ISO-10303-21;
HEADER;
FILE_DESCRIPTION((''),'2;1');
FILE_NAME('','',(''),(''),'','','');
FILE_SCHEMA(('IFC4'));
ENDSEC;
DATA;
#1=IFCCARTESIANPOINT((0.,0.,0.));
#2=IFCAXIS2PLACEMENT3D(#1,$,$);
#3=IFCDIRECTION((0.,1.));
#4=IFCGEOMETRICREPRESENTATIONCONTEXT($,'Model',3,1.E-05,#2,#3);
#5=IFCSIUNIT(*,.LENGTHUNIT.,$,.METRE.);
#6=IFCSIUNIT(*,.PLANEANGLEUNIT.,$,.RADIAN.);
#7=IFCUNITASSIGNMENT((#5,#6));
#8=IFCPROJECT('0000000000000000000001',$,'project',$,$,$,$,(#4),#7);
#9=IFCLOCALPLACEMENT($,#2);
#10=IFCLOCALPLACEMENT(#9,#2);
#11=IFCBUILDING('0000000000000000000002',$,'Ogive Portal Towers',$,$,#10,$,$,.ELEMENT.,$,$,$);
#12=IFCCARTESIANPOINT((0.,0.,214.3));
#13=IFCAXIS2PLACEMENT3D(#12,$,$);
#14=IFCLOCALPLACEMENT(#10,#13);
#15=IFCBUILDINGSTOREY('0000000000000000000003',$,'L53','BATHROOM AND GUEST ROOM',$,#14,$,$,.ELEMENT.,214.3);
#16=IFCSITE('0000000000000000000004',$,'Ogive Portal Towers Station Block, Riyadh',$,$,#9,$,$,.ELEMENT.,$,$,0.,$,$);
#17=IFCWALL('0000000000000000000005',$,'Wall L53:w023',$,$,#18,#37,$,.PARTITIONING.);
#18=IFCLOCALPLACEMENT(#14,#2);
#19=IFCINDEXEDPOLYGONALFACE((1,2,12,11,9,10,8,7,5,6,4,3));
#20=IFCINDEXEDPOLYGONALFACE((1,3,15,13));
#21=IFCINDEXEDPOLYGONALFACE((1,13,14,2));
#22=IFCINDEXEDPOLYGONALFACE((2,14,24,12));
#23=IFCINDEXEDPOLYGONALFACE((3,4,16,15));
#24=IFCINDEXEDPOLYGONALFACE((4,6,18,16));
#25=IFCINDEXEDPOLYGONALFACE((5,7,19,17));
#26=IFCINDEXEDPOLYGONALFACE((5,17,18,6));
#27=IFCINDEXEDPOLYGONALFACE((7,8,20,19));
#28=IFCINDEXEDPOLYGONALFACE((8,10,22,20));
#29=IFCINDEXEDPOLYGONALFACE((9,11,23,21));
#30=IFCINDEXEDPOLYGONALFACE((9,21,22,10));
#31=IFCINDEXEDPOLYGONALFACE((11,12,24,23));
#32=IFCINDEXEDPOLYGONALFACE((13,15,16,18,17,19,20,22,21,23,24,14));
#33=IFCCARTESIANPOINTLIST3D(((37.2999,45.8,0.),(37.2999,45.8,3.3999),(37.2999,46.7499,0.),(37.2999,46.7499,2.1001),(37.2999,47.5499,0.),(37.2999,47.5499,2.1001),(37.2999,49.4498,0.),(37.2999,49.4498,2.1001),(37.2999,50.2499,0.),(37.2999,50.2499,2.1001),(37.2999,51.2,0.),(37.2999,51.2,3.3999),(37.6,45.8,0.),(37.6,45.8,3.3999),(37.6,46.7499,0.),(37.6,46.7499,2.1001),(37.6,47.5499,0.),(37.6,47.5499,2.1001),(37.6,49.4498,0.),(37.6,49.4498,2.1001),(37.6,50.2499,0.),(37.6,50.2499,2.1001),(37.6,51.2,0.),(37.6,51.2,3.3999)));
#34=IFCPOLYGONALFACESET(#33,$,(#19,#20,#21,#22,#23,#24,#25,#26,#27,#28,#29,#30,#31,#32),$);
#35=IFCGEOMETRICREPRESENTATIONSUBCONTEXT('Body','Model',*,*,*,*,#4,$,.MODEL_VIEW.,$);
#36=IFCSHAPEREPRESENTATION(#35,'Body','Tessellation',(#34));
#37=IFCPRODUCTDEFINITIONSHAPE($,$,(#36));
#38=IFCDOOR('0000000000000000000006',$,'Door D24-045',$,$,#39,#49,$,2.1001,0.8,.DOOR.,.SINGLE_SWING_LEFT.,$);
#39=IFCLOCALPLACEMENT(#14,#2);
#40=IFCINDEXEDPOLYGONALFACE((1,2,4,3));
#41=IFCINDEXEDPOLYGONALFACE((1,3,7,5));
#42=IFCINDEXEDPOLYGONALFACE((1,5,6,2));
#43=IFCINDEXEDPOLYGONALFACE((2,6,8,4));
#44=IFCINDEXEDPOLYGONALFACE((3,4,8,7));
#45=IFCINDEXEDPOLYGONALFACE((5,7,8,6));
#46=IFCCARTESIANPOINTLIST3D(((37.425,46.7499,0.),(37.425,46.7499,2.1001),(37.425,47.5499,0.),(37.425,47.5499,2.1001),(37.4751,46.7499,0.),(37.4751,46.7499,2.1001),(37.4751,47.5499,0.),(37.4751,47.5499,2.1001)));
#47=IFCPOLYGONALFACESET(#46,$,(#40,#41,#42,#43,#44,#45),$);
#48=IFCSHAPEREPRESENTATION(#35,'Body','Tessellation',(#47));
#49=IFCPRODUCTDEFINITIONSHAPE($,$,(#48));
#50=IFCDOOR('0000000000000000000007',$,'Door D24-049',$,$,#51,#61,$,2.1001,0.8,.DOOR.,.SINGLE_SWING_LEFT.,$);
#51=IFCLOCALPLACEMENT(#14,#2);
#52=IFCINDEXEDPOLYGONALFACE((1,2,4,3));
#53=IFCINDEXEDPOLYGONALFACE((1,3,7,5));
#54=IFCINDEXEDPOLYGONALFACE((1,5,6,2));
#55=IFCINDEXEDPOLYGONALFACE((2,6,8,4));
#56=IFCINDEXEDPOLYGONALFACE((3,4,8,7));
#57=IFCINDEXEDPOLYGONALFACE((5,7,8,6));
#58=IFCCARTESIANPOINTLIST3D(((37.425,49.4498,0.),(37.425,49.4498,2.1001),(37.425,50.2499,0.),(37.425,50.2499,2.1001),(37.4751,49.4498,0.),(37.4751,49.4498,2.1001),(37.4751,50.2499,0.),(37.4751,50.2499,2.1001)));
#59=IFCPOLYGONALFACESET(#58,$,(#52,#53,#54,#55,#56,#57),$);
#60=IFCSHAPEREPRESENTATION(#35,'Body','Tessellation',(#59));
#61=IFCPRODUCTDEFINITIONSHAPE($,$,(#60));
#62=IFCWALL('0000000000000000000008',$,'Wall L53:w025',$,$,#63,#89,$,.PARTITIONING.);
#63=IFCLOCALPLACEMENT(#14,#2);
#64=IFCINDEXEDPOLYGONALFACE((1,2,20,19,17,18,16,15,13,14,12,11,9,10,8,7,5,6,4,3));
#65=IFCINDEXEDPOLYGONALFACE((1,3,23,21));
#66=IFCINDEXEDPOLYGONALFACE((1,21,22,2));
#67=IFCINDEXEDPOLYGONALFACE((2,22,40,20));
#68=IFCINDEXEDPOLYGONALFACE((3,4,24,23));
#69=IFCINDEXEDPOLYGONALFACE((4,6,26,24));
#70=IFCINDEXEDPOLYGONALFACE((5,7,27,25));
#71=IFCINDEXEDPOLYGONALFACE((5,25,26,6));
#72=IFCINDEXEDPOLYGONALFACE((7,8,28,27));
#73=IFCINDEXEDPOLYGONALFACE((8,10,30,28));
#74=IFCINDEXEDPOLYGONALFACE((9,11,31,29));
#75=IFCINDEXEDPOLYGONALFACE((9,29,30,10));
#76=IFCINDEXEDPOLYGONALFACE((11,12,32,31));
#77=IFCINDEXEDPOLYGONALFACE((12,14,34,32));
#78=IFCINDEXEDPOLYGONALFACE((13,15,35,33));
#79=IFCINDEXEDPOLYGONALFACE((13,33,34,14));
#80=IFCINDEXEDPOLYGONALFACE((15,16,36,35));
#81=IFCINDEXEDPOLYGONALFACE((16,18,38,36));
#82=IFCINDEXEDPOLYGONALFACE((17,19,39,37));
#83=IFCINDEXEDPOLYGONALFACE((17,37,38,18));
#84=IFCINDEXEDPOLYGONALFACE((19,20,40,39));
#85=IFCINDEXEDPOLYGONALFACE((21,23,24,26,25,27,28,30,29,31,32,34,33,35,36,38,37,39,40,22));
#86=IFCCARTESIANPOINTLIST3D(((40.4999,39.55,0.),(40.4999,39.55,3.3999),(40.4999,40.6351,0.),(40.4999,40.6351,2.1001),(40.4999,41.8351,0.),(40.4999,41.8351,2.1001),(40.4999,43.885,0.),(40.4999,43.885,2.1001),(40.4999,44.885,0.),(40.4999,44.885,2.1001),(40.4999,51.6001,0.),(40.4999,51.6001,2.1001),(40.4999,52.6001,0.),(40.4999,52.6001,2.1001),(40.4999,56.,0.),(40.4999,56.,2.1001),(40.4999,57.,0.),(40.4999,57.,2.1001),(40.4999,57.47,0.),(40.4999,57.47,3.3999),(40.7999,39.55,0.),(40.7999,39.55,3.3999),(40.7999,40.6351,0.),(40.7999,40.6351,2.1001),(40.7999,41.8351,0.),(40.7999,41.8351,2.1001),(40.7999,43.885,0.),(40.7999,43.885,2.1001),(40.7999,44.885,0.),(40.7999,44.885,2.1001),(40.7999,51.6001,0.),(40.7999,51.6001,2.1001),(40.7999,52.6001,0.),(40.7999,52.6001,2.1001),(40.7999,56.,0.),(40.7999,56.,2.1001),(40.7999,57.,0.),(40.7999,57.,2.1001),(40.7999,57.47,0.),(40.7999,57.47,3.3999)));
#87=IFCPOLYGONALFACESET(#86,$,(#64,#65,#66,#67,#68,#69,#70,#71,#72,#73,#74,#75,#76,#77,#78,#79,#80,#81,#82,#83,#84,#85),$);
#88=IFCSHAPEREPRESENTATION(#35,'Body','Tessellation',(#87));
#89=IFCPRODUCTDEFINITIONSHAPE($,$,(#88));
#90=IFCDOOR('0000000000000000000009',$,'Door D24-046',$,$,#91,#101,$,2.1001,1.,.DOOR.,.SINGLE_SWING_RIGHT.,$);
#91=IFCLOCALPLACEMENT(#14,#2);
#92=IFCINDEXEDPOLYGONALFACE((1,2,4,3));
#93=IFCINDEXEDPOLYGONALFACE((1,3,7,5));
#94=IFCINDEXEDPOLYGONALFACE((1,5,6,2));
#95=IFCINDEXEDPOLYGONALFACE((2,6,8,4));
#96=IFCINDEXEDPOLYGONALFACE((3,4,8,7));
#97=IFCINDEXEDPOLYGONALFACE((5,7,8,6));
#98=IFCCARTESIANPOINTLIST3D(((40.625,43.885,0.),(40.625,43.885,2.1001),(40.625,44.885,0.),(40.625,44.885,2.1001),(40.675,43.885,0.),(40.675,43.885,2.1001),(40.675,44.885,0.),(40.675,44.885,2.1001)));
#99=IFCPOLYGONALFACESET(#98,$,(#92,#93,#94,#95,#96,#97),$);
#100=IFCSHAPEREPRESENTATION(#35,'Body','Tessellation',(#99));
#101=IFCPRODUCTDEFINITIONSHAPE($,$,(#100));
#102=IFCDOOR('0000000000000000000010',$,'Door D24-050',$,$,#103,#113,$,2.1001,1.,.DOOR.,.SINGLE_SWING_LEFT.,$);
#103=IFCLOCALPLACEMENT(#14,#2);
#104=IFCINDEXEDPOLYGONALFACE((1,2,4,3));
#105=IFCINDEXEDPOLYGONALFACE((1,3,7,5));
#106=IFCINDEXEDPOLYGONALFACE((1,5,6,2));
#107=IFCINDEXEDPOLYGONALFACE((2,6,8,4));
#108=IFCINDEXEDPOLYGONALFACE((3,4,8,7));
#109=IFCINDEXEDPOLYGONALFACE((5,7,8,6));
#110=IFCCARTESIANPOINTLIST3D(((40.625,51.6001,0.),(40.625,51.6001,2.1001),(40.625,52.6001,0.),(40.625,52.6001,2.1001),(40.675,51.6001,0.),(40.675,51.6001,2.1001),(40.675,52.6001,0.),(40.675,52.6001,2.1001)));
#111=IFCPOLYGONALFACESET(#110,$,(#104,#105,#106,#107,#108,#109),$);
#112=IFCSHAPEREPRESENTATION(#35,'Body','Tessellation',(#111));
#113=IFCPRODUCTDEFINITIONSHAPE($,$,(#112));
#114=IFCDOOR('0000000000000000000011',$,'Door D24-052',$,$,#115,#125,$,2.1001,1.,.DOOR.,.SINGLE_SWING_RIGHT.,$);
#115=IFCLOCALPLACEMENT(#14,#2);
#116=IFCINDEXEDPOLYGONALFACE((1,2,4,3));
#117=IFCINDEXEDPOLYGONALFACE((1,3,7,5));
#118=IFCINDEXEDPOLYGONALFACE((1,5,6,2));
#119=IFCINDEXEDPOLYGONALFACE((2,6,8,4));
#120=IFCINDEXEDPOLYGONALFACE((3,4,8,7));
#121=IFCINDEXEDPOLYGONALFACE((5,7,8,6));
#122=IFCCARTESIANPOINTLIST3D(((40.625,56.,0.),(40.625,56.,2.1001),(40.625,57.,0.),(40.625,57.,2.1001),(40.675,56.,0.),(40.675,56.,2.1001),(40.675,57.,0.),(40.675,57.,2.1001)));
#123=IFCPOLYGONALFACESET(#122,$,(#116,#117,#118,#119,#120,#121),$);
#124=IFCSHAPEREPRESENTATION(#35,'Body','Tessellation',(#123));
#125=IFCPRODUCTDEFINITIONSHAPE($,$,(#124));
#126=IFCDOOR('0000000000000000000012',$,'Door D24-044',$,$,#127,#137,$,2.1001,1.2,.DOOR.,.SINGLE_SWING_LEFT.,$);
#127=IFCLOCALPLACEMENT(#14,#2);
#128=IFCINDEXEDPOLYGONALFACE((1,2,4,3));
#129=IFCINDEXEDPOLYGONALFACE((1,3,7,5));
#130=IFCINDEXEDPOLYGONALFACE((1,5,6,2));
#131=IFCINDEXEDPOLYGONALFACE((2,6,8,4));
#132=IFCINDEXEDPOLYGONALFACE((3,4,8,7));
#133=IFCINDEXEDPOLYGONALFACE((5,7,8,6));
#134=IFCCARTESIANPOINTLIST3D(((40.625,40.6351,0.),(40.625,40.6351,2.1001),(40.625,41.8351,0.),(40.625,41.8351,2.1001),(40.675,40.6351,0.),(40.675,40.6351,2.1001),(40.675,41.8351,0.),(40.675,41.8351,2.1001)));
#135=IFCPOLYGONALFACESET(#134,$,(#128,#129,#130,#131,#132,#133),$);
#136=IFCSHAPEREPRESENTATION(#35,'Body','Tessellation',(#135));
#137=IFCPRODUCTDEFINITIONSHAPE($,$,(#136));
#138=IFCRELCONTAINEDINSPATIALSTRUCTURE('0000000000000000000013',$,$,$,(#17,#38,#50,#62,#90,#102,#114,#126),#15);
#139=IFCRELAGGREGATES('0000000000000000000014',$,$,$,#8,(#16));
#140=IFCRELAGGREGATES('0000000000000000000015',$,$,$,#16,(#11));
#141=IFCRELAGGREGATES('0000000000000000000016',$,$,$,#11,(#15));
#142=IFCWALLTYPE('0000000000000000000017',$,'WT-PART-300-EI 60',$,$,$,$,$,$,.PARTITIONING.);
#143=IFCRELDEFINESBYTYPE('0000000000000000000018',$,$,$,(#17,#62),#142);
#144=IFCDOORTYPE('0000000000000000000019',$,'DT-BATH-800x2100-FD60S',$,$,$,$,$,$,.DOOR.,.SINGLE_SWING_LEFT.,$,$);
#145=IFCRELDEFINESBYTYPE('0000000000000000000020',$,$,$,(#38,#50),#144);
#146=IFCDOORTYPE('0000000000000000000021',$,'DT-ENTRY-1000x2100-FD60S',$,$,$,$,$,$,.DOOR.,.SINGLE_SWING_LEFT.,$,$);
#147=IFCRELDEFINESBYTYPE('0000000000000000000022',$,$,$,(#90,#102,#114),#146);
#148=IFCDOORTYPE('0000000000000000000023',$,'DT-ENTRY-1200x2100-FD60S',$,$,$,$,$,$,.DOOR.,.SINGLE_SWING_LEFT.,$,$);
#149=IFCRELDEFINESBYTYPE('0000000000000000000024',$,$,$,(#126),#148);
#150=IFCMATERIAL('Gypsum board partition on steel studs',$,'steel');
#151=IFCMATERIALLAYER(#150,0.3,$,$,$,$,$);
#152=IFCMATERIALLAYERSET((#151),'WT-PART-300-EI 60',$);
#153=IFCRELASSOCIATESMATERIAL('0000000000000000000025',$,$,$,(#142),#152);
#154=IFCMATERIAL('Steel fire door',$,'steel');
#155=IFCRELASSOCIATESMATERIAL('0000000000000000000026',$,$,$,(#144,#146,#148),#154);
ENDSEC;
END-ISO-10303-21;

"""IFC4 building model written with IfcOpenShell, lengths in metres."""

from ifc_helpers import new_model, si_unit, direction, frame, frame_2d, origin, place, context, subcontext, project, spatial, rectangle, extrude, material, layer, layer_set, type_object, element, fill, save


model = new_model("IFC4")

# Units and contexts
model_context = context("Model", 3, precision=1e-05, world=origin(), true_north=direction((0.0, 1.0)))
body_context = subcontext(model_context, "Body", "Model", "MODEL_VIEW")
ifc_project = project(units=[si_unit("LENGTHUNIT", "METRE"), si_unit("PLANEANGLEUNIT", "RADIAN")], contexts=[model_context])

# Site, building, storey
site_placement = place(None, origin())
site = spatial("IfcSite", under=ifc_project, at=site_placement, Name="Ogive Portal Towers Station Block, Riyadh", CompositionType="ELEMENT", RefElevation=0.0)
building_placement = place(site_placement, origin())
building = spatial("IfcBuilding", under=site, at=building_placement, Name="Ogive Portal Towers", CompositionType="ELEMENT")
storey_placement = place(building_placement, frame((0.0, 0.0, 214.3)))
storey = spatial("IfcBuildingStorey", under=building, at=storey_placement, Name="L53", Description="BATHROOM AND GUEST ROOM", CompositionType="ELEMENT", Elevation=214.3)

# Shared definitions
ifc_material_1 = material(Name="Gypsum board partition on steel studs", Category="steel")
ifc_layer_1 = layer(ifc_material_1, 0.3)
ifc_layer_set_1 = layer_set([ifc_layer_1], Name="WT-PART-300-EI 60")
wall_type = type_object("IfcWallType", Name="WT-PART-300-EI 60", PredefinedType="PARTITIONING", material=ifc_layer_set_1)

# Walls, openings, doors
wall_1_placement = place(storey_placement, frame((37.45, 45.8, 0.0), z_axis=(0.0, 0.0, 1.0), x_axis=(0.0, 1.0, 0.0)))
wall_1 = element("IfcWall", 1, at=wall_1_placement, inside=storey, type_object=wall_type, Name="Wall L53:w023", PredefinedType="PARTITIONING", context=body_context, shape_type="SweptSolid", body=[
    extrude(rectangle(XDim=5.3999, YDim=0.3, at=frame_2d((2.7, 0.0))), origin(), (0.0, 0.0, 1.0), 3.3999),
])
opening_1_placement = place(wall_1_placement, frame((0.95, 0.0, 0.0)))
opening_1 = element("IfcOpeningElement", 2, at=opening_1_placement, cuts=wall_1, PredefinedType="OPENING", context=body_context, shape_type="SweptSolid", body=[
    extrude(rectangle(XDim=0.8, YDim=2.1001, at=frame_2d((0.3999, 1.05))), frame((0.0, 0.1602, 0.0), z_axis=(0.0, -1.0, 0.0), x_axis=(1.0, 0.0, 0.0)), (0.0, 0.0, 1.0), 0.3201),
])
opening_2_placement = place(wall_1_placement, frame((3.6499, 0.0, 0.0)))
opening_2 = element("IfcOpeningElement", 3, at=opening_2_placement, cuts=wall_1, PredefinedType="OPENING", context=body_context, shape_type="SweptSolid", body=[
    extrude(rectangle(XDim=0.8, YDim=2.1001, at=frame_2d((0.3999, 1.05))), frame((0.0, 0.1602, 0.0), z_axis=(0.0, -1.0, 0.0), x_axis=(1.0, 0.0, 0.0)), (0.0, 0.0, 1.0), 0.3201),
])
ifc_material_2 = material(Name="Steel fire door", Category="steel")
door_type_1 = type_object("IfcDoorType", Name="DT-BATH-800x2100-FD60S", OperationType="SINGLE_SWING_LEFT", PredefinedType="DOOR", material=ifc_material_2)
door_1_placement = place(opening_1_placement, origin())
door_1 = element("IfcDoor", 4, at=door_1_placement, inside=storey, type_object=door_type_1, Name="Door D24-045", OperationType="SINGLE_SWING_LEFT", OverallHeight=2.1001, OverallWidth=0.8, PredefinedType="DOOR", context=body_context, shape_type="SweptSolid", body=[
    extrude(rectangle(XDim=0.8, YDim=2.1001, at=frame_2d((0.3999, 1.05))), frame((0.0, 0.0249, 0.0), z_axis=(0.0, -1.0, 0.0), x_axis=(1.0, 0.0, 0.0)), (0.0, 0.0, 1.0), 0.05),
])
fill(opening_1, door_1)
door_2_placement = place(opening_2_placement, origin())
door_2 = element("IfcDoor", 5, at=door_2_placement, inside=storey, type_object=door_type_1, Name="Door D24-049", OperationType="SINGLE_SWING_LEFT", OverallHeight=2.1001, OverallWidth=0.8, PredefinedType="DOOR", context=body_context, shape_type="SweptSolid", body=[
    extrude(rectangle(XDim=0.8, YDim=2.1001, at=frame_2d((0.3999, 1.05))), frame((0.0, 0.0249, 0.0), z_axis=(0.0, -1.0, 0.0), x_axis=(1.0, 0.0, 0.0)), (0.0, 0.0, 1.0), 0.05),
])
fill(opening_2, door_2)
wall_2_placement = place(storey_placement, frame((40.6499, 39.55, 0.0), z_axis=(0.0, 0.0, 1.0), x_axis=(0.0, 1.0, 0.0)))
wall_2 = element("IfcWall", 6, at=wall_2_placement, inside=storey, type_object=wall_type, Name="Wall L53:w025", PredefinedType="PARTITIONING", context=body_context, shape_type="SweptSolid", body=[
    extrude(rectangle(XDim=17.9199, YDim=0.3, at=frame_2d((8.96, 0.0))), origin(), (0.0, 0.0, 1.0), 3.3999),
])
opening_3_placement = place(wall_2_placement, frame((1.085, 0.0, 0.0)))
opening_3 = element("IfcOpeningElement", 7, at=opening_3_placement, cuts=wall_2, PredefinedType="OPENING", context=body_context, shape_type="SweptSolid", body=[
    extrude(rectangle(XDim=1.2, YDim=2.1001, at=frame_2d((0.6001, 1.05))), frame((0.0, 0.1602, 0.0), z_axis=(0.0, -1.0, 0.0), x_axis=(1.0, 0.0, 0.0)), (0.0, 0.0, 1.0), 0.3201),
])
opening_4_placement = place(wall_2_placement, frame((4.335, 0.0, 0.0)))
opening_4 = element("IfcOpeningElement", 8, at=opening_4_placement, cuts=wall_2, PredefinedType="OPENING", context=body_context, shape_type="SweptSolid", body=[
    extrude(rectangle(XDim=1.0, YDim=2.1001, at=frame_2d((0.5, 1.05))), frame((0.0, 0.1602, 0.0), z_axis=(0.0, -1.0, 0.0), x_axis=(1.0, 0.0, 0.0)), (0.0, 0.0, 1.0), 0.3201),
])
opening_5_placement = place(wall_2_placement, frame((12.05, 0.0, 0.0)))
opening_5 = element("IfcOpeningElement", 9, at=opening_5_placement, cuts=wall_2, PredefinedType="OPENING", context=body_context, shape_type="SweptSolid", body=[
    extrude(rectangle(XDim=1.0, YDim=2.1001, at=frame_2d((0.5, 1.05))), frame((0.0, 0.1602, 0.0), z_axis=(0.0, -1.0, 0.0), x_axis=(1.0, 0.0, 0.0)), (0.0, 0.0, 1.0), 0.3201),
])
opening_6_placement = place(wall_2_placement, frame((16.45, 0.0, 0.0)))
opening_6 = element("IfcOpeningElement", 10, at=opening_6_placement, cuts=wall_2, PredefinedType="OPENING", context=body_context, shape_type="SweptSolid", body=[
    extrude(rectangle(XDim=1.0, YDim=2.1001, at=frame_2d((0.5, 1.05))), frame((0.0, 0.1602, 0.0), z_axis=(0.0, -1.0, 0.0), x_axis=(1.0, 0.0, 0.0)), (0.0, 0.0, 1.0), 0.3201),
])
door_type_2 = type_object("IfcDoorType", Name="DT-ENTRY-1000x2100-FD60S", OperationType="SINGLE_SWING_LEFT", PredefinedType="DOOR", material=ifc_material_2)
door_3_placement = place(opening_4_placement, origin())
door_3 = element("IfcDoor", 11, at=door_3_placement, inside=storey, type_object=door_type_2, Name="Door D24-046", OperationType="SINGLE_SWING_RIGHT", OverallHeight=2.1001, OverallWidth=1.0, PredefinedType="DOOR", context=body_context, shape_type="SweptSolid", body=[
    extrude(rectangle(XDim=1.0, YDim=2.1001, at=frame_2d((0.5, 1.05))), frame((0.0, 0.0249, 0.0), z_axis=(0.0, -1.0, 0.0), x_axis=(1.0, 0.0, 0.0)), (0.0, 0.0, 1.0), 0.05),
])
fill(opening_4, door_3)
door_4_placement = place(opening_5_placement, origin())
door_4 = element("IfcDoor", 12, at=door_4_placement, inside=storey, type_object=door_type_2, Name="Door D24-050", OperationType="SINGLE_SWING_LEFT", OverallHeight=2.1001, OverallWidth=1.0, PredefinedType="DOOR", context=body_context, shape_type="SweptSolid", body=[
    extrude(rectangle(XDim=1.0, YDim=2.1001, at=frame_2d((0.5, 1.05))), frame((0.0, 0.0249, 0.0), z_axis=(0.0, -1.0, 0.0), x_axis=(1.0, 0.0, 0.0)), (0.0, 0.0, 1.0), 0.05),
])
fill(opening_5, door_4)
door_5_placement = place(opening_6_placement, origin())
door_5 = element("IfcDoor", 13, at=door_5_placement, inside=storey, type_object=door_type_2, Name="Door D24-052", OperationType="SINGLE_SWING_RIGHT", OverallHeight=2.1001, OverallWidth=1.0, PredefinedType="DOOR", context=body_context, shape_type="SweptSolid", body=[
    extrude(rectangle(XDim=1.0, YDim=2.1001, at=frame_2d((0.5, 1.05))), frame((0.0, 0.0249, 0.0), z_axis=(0.0, -1.0, 0.0), x_axis=(1.0, 0.0, 0.0)), (0.0, 0.0, 1.0), 0.05),
])
fill(opening_6, door_5)
door_type_3 = type_object("IfcDoorType", Name="DT-ENTRY-1200x2100-FD60S", OperationType="SINGLE_SWING_LEFT", PredefinedType="DOOR", material=ifc_material_2)
door_6_placement = place(opening_3_placement, origin())
door_6 = element("IfcDoor", 14, at=door_6_placement, inside=storey, type_object=door_type_3, Name="Door D24-044", OperationType="SINGLE_SWING_LEFT", OverallHeight=2.1001, OverallWidth=1.2, PredefinedType="DOOR", context=body_context, shape_type="SweptSolid", body=[
    extrude(rectangle(XDim=1.2, YDim=2.1001, at=frame_2d((0.6001, 1.05))), frame((0.0, 0.0249, 0.0), z_axis=(0.0, -1.0, 0.0), x_axis=(1.0, 0.0, 0.0)), (0.0, 0.0, 1.0), 0.05),
])
fill(opening_3, door_6)

save(model, "model.ifc")
